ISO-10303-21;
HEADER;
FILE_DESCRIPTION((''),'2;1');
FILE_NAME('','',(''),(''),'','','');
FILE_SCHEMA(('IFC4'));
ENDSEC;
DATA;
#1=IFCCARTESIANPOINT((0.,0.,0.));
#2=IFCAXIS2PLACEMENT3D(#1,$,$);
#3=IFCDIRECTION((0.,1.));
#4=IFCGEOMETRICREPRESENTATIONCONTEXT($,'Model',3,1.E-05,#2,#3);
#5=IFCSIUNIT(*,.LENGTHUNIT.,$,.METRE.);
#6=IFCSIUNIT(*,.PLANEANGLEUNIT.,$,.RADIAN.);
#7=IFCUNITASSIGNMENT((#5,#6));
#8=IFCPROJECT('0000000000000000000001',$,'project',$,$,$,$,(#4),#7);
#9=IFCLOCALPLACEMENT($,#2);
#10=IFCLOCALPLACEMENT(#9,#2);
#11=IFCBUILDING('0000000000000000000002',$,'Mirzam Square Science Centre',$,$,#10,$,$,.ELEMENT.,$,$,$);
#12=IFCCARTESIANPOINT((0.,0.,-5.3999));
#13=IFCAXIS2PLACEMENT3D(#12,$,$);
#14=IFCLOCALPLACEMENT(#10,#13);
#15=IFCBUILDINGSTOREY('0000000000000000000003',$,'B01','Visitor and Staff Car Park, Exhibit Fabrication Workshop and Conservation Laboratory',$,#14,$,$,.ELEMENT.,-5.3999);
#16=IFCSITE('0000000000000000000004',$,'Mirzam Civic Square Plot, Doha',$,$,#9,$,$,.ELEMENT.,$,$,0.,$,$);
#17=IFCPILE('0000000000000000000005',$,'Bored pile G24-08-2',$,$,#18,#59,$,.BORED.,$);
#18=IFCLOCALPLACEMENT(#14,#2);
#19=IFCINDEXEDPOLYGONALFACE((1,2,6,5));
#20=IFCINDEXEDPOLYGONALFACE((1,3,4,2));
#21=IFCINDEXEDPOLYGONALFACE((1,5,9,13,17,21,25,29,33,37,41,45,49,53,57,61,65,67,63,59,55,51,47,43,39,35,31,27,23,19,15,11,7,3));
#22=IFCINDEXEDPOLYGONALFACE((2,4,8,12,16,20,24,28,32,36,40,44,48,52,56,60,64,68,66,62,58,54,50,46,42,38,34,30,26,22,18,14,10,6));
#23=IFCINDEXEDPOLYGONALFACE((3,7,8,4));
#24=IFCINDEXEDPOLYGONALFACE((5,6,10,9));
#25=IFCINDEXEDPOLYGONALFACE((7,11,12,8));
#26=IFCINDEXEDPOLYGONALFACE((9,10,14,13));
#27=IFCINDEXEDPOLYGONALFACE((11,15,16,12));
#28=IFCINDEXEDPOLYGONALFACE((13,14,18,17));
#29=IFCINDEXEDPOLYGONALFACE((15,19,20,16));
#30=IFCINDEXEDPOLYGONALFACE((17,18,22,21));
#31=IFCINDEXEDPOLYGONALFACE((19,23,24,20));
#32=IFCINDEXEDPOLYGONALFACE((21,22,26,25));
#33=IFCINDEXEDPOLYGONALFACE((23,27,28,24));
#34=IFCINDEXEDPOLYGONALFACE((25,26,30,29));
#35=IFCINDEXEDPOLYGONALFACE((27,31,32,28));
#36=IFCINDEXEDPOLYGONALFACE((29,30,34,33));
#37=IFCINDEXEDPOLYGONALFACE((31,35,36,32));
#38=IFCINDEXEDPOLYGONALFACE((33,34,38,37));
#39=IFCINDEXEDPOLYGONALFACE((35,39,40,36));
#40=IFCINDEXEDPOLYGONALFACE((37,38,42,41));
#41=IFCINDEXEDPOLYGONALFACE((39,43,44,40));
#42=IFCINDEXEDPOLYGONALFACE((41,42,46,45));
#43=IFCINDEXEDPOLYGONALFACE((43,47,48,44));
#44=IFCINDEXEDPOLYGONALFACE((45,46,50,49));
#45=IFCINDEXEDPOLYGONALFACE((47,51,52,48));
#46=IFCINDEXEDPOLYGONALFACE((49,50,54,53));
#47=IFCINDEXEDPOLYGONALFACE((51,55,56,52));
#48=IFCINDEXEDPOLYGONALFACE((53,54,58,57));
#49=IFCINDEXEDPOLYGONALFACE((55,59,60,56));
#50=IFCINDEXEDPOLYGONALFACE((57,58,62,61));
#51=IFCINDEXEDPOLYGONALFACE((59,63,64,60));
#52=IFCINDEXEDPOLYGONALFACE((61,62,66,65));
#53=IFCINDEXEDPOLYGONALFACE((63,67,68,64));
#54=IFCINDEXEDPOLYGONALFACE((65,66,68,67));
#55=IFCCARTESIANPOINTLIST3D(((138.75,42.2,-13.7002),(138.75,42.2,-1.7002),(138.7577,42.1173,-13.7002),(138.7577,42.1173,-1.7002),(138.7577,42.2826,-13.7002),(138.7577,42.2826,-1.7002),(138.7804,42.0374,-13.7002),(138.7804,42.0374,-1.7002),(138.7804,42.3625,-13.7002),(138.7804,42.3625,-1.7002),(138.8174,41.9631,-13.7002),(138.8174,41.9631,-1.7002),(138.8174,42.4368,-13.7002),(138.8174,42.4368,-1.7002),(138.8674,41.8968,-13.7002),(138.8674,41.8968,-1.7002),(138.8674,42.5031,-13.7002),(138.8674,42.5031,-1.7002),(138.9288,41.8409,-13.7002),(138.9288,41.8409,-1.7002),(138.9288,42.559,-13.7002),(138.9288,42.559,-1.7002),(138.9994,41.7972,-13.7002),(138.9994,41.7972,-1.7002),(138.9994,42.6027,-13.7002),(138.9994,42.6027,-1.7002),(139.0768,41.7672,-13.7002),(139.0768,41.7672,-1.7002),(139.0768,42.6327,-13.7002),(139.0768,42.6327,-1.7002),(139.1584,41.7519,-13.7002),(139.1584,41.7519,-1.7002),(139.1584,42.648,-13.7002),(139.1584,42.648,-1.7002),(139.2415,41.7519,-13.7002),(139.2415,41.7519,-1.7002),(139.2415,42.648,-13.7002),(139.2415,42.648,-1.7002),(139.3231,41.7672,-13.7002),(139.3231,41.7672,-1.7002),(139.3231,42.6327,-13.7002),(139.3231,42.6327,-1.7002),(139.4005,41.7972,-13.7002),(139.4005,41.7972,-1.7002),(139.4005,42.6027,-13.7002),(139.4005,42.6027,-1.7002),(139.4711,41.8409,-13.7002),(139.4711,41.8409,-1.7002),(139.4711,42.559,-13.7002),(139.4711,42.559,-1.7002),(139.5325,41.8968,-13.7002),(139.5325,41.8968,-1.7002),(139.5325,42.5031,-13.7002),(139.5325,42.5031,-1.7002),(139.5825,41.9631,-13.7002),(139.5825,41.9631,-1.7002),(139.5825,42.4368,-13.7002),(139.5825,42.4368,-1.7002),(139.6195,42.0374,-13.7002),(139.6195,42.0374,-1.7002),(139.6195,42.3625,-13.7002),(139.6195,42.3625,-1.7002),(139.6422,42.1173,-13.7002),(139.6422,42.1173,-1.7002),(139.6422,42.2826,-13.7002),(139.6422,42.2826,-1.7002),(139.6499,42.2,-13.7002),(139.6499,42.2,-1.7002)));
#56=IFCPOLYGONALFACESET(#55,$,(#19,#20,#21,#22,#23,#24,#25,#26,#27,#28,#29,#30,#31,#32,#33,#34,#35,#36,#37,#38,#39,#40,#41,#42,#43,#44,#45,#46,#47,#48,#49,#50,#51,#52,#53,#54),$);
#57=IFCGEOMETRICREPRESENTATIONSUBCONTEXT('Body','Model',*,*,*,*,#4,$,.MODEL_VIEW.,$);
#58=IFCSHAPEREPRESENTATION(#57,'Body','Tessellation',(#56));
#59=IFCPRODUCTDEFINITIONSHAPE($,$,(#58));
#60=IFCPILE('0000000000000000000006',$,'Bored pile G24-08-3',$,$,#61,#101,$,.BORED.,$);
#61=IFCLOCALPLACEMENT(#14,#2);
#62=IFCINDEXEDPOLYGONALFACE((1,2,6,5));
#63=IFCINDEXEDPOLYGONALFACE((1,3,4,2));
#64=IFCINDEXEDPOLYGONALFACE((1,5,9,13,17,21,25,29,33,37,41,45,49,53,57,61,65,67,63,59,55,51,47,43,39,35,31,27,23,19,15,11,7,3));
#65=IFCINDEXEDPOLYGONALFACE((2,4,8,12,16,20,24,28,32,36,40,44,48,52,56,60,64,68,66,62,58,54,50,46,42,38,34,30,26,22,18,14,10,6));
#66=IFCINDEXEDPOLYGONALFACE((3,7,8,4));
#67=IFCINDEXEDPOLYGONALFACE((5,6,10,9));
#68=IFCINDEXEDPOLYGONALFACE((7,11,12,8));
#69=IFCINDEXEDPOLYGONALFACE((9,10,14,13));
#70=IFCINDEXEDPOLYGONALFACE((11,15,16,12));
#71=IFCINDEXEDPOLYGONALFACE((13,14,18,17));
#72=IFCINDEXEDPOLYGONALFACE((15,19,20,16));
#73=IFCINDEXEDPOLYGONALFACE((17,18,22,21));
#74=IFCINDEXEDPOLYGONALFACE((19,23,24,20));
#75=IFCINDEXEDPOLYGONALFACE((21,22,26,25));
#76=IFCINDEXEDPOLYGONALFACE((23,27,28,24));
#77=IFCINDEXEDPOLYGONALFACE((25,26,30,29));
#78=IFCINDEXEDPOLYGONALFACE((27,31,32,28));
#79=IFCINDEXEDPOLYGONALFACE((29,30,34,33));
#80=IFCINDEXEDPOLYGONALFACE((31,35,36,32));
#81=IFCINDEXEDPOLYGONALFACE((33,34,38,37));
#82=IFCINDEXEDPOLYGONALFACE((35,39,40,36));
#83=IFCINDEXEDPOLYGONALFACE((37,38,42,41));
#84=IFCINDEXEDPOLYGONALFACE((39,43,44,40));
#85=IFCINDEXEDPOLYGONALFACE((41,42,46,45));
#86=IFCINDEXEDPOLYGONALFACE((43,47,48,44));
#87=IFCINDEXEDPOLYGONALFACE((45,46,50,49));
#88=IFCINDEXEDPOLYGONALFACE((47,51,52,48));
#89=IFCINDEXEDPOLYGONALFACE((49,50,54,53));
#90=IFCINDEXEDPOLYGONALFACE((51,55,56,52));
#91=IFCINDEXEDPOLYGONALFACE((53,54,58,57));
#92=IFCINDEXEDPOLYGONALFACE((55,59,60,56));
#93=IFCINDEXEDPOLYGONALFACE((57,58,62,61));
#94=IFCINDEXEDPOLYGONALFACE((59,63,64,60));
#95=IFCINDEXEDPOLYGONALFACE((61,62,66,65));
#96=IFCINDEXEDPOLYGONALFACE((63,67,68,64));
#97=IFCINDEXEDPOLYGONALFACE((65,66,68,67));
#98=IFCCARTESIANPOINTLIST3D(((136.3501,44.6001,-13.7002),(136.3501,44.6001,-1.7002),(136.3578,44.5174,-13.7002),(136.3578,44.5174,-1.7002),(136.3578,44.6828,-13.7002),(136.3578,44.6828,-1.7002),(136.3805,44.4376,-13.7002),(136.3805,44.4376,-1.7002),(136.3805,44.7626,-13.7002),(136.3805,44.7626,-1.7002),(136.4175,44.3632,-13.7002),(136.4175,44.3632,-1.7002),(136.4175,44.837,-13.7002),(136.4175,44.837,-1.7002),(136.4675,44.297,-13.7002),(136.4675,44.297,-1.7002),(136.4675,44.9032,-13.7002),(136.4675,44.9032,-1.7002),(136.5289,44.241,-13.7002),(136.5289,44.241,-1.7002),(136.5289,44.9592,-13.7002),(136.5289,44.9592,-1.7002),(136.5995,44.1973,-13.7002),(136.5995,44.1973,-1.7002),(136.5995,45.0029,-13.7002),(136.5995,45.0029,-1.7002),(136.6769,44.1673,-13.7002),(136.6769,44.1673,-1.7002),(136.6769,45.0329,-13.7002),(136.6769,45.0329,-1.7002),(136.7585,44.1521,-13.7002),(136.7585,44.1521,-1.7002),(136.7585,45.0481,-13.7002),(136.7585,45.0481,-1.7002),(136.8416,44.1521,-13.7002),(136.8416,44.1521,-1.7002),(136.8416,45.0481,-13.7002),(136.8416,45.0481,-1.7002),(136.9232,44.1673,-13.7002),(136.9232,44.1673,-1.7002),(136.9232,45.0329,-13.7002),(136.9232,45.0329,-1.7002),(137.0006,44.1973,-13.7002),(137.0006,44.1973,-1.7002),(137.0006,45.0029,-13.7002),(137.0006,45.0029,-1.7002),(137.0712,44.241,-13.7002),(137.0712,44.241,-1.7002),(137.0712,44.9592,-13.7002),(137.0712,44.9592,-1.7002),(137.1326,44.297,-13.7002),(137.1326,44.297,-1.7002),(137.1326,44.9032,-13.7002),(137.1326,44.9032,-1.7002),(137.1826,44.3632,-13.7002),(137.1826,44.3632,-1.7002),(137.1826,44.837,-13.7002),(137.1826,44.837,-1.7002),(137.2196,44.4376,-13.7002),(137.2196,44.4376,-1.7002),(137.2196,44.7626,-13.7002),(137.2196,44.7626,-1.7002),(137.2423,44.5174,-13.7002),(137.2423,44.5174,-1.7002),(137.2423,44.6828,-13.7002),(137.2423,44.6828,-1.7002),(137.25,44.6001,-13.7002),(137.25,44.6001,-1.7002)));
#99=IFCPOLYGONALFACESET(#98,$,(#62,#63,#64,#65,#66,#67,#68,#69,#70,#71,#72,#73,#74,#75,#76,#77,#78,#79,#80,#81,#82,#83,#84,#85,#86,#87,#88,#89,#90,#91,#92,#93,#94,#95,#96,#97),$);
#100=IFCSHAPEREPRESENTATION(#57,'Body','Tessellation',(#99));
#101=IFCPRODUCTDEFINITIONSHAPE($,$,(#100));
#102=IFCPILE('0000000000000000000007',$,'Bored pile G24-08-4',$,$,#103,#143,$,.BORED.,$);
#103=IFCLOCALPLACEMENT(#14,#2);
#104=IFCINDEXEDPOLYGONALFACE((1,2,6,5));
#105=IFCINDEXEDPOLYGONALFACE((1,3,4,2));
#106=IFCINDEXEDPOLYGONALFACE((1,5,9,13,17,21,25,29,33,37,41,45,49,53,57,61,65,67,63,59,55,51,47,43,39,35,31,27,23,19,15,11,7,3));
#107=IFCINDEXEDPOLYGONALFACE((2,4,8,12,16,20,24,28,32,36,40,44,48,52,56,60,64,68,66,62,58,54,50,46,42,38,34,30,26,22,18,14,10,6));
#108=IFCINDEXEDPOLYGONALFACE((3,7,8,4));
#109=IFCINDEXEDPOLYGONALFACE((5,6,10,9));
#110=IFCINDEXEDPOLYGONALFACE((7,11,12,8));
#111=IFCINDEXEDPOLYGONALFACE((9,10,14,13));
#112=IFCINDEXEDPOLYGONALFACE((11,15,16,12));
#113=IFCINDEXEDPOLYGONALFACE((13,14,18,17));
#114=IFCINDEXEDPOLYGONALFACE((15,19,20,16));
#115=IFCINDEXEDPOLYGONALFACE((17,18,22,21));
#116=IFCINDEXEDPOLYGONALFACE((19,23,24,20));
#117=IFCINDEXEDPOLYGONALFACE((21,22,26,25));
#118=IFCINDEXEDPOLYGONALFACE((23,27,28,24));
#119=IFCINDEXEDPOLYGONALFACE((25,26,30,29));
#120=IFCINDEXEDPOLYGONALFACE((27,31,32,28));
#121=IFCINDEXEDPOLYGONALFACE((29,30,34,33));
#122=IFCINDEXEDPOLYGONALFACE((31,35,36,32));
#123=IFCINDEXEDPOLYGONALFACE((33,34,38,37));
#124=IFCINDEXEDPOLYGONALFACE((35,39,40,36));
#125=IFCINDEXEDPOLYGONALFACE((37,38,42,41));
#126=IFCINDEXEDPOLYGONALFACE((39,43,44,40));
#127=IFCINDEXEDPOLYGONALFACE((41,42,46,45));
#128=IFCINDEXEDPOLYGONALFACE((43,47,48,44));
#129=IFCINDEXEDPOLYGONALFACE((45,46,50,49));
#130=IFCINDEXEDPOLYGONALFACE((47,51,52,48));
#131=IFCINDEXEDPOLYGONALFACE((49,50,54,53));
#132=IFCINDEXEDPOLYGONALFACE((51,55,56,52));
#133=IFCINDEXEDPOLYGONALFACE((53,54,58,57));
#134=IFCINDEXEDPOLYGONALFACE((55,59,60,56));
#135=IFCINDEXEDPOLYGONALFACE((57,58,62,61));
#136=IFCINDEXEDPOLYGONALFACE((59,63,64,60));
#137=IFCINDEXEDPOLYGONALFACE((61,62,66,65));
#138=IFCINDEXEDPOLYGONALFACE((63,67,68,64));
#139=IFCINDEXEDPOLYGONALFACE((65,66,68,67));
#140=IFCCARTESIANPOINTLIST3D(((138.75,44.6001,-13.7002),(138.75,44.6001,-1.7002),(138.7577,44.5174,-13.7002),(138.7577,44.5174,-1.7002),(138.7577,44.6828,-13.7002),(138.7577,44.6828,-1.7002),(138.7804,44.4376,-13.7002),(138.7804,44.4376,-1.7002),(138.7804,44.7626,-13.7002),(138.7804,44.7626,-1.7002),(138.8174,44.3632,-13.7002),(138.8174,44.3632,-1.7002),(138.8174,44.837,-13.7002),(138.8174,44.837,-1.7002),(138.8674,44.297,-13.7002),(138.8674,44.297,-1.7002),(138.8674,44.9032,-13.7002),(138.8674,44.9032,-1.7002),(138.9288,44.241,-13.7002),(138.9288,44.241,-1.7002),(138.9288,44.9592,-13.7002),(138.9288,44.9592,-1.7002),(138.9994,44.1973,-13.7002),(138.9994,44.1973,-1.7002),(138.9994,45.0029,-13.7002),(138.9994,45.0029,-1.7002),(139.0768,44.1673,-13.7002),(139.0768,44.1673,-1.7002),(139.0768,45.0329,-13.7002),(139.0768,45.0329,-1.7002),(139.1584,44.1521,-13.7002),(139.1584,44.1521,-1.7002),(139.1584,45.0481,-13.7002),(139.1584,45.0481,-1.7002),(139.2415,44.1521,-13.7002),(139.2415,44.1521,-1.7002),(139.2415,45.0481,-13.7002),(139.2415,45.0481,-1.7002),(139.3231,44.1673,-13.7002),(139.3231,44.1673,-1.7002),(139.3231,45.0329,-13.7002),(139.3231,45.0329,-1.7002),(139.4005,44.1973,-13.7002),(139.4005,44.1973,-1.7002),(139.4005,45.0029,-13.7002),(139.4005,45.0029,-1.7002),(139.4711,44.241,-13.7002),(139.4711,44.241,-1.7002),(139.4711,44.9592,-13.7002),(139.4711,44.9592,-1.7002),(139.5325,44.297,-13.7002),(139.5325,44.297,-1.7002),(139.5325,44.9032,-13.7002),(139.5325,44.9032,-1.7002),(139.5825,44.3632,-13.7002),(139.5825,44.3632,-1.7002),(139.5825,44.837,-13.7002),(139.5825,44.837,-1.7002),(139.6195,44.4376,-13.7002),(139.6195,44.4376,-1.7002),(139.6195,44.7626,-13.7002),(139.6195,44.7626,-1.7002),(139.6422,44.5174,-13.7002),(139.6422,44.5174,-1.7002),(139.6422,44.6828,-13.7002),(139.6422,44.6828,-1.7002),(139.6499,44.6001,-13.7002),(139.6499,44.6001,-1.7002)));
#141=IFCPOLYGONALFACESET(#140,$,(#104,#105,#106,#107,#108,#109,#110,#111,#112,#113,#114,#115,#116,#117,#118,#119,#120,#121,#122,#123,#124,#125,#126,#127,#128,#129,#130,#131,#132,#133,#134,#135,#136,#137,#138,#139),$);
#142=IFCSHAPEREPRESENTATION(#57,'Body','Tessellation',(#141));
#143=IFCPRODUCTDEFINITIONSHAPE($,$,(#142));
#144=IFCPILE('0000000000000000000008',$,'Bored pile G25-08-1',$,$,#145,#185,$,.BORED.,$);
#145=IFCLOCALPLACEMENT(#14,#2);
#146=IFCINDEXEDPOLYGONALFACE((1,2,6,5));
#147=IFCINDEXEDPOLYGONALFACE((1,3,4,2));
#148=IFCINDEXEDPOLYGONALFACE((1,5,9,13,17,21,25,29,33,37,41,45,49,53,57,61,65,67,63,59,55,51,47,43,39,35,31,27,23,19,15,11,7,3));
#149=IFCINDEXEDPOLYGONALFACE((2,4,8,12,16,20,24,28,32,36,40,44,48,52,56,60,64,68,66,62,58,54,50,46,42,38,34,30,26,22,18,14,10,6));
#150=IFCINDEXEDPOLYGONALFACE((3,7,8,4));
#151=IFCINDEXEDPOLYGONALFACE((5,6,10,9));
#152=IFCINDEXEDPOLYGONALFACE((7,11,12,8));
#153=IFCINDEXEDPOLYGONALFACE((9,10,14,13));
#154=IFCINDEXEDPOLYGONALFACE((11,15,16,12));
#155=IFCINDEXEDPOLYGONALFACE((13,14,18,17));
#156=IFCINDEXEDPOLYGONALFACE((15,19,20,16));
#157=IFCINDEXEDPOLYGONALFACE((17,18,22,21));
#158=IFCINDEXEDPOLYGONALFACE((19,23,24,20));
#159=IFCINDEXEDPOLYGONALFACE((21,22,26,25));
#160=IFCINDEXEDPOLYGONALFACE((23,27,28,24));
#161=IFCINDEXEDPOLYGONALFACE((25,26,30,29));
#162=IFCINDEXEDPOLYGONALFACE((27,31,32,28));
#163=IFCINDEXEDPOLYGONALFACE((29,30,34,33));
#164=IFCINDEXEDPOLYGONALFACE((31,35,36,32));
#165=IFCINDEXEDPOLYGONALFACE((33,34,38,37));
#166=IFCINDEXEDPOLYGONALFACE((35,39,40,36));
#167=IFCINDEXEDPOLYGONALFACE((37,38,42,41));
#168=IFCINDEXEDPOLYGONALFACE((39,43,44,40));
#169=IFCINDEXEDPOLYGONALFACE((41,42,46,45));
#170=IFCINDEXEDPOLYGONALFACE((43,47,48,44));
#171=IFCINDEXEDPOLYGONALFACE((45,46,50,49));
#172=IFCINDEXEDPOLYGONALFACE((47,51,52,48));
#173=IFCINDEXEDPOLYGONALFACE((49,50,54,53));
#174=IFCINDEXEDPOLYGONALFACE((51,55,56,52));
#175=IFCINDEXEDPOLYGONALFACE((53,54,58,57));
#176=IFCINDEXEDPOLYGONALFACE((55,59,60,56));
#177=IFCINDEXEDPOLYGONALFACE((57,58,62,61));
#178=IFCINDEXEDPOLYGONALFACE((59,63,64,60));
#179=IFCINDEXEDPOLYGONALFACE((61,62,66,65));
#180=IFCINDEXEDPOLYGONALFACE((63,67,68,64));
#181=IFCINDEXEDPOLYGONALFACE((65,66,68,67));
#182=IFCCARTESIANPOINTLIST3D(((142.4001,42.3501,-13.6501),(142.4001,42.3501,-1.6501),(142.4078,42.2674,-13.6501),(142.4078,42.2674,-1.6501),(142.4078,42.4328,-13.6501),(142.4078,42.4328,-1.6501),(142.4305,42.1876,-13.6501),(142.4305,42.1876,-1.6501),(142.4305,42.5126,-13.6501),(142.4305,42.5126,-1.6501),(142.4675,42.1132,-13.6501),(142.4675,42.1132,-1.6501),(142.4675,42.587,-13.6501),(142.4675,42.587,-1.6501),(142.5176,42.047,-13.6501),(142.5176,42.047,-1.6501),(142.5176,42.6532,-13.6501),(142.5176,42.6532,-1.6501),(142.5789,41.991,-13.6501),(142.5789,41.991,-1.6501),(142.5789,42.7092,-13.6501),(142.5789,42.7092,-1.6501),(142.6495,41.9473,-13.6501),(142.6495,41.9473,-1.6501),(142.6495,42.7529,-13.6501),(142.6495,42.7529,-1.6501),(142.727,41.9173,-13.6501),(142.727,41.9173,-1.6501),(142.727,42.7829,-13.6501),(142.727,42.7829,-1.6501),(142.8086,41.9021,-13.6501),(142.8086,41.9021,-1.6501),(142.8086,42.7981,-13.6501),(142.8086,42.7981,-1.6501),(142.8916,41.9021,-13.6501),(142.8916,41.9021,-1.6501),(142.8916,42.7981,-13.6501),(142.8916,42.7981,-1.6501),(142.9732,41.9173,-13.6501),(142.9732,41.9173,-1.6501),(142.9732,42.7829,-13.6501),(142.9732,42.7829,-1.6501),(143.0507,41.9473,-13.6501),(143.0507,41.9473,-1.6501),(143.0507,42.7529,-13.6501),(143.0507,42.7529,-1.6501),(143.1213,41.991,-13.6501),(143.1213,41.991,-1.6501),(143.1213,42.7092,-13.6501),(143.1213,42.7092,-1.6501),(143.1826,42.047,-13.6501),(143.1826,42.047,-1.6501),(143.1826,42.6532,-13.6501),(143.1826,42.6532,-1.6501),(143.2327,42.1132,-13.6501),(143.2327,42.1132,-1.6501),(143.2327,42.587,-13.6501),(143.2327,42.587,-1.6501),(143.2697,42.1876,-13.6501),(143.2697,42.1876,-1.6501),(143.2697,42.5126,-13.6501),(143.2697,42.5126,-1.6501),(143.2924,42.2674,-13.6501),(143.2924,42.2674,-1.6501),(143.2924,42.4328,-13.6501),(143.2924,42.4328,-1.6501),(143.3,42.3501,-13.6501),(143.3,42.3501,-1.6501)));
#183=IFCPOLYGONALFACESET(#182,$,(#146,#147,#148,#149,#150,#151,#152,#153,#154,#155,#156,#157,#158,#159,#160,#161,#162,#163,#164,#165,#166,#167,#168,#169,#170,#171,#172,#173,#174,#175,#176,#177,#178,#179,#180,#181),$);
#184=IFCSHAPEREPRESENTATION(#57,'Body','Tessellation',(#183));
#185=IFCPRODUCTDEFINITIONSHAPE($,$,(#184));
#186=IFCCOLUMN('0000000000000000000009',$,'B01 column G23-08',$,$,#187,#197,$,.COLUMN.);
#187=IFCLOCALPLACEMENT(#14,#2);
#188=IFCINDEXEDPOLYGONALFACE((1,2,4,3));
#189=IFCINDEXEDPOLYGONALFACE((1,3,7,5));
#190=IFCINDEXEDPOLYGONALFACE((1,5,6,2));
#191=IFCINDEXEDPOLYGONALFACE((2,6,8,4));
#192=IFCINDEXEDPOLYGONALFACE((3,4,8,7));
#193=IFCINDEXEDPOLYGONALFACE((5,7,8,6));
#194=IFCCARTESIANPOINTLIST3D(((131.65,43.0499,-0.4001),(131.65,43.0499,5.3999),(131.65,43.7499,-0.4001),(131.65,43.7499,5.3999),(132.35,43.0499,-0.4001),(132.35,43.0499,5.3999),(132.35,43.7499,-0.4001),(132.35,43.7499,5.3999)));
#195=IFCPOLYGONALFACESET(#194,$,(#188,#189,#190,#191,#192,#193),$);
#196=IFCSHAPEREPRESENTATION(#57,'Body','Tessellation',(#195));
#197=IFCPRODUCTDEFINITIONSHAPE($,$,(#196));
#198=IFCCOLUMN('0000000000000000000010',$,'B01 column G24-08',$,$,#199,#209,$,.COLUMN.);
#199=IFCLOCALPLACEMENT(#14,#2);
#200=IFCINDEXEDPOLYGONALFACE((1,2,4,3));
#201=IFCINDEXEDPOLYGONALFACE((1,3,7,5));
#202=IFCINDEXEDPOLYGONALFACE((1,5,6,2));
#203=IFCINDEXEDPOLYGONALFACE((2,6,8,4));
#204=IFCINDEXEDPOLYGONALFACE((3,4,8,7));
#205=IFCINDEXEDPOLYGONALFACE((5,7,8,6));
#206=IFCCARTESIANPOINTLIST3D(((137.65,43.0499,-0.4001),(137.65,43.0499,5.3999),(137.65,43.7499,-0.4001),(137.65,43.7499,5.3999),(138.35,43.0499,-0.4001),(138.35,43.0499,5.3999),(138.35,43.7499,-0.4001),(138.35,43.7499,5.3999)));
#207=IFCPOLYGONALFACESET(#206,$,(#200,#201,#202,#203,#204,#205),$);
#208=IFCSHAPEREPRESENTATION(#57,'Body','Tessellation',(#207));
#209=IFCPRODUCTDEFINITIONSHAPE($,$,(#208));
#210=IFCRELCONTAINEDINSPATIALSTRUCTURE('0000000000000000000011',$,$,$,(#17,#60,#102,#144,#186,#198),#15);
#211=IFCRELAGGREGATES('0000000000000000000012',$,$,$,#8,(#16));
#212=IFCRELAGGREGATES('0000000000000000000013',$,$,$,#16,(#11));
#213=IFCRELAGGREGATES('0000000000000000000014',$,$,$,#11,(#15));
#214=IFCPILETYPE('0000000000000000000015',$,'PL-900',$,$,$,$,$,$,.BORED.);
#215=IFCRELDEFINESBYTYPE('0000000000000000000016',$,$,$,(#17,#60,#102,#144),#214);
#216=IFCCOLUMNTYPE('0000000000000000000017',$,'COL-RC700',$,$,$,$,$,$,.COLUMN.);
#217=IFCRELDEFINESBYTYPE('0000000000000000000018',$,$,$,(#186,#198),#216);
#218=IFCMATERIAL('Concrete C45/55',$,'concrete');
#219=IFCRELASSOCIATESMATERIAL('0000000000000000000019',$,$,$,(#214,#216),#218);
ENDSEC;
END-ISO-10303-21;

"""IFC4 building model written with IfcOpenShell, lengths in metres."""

from ifc_helpers import new_model, si_unit, direction, frame, origin, origin_2d, place, context, subcontext, project, spatial, rectangle, circle, extrude, material, material_profile, profile_set, type_object, element, save


model = new_model("IFC4")

# Units and contexts
model_context = context("Model", 3, precision=1e-05, world=origin(), true_north=direction((0.0, 1.0)))
body_context = subcontext(model_context, "Body", "Model", "MODEL_VIEW")
ifc_project = project(units=[si_unit("LENGTHUNIT", "METRE"), si_unit("PLANEANGLEUNIT", "RADIAN")], contexts=[model_context])

# Site, building, storey
site_placement = place(None, origin())
site = spatial("IfcSite", under=ifc_project, at=site_placement, Name="Mirzam Civic Square Plot, Doha", CompositionType="ELEMENT", RefElevation=0.0)
building_placement = place(site_placement, origin())
building = spatial("IfcBuilding", under=site, at=building_placement, Name="Mirzam Square Science Centre", CompositionType="ELEMENT")
storey_placement = place(building_placement, frame((0.0, 0.0, -5.3999)))
storey = spatial("IfcBuildingStorey", under=building, at=storey_placement, Name="B01", Description="Visitor and Staff Car Park, Exhibit Fabrication Workshop and Conservation Laboratory", CompositionType="ELEMENT", Elevation=-5.3999)

# Shared definitions
ifc_material_1 = material(Name="Concrete C45/55", Category="concrete")

# Piles
ifc_material_profile_1 = material_profile(ifc_material_1, circle(Radius=0.45, at=origin_2d()), Name="PILE-D900")
ifc_profile_set_1 = profile_set([ifc_material_profile_1], Name="Concrete C45/55")
pile_type_1 = type_object("IfcPileType", Name="PL-900", PredefinedType="BORED", material=ifc_profile_set_1)
for number, where, z_axis, x_axis, name in (
    (1, (139.2, 42.2, -1.7002), (0.0, 0.0, -1.0), (1.0, 0.0, 0.0), "Bored pile G24-08-2"),
    (2, (136.8, 44.6001, -1.7002), (0.0, 0.0, -1.0), (1.0, 0.0, 0.0), "Bored pile G24-08-3"),
    (3, (139.2, 44.6001, -1.7002), (0.0, 0.0, -1.0), (1.0, 0.0, 0.0), "Bored pile G24-08-4"),
    (4, (142.8501, 42.3501, -1.6501), (0.0, 0.0, -1.0), (1.0, 0.0, 0.0), "Bored pile G25-08-1"),
):
    element("IfcPile", number, at=place(storey_placement, frame(where, z_axis=z_axis, x_axis=x_axis)), inside=storey, type_object=pile_type_1, Name=name, PredefinedType="BORED", context=body_context, shape_type="SweptSolid", body=[
        extrude(circle(Radius=0.45, at=origin_2d()), origin(), (0.0, 0.0, 1.0), 12.0),
    ])

# Columns
ifc_material_profile_2 = material_profile(ifc_material_1, rectangle(XDim=0.7, YDim=0.7, at=origin_2d()), Name="RC700x700")
ifc_profile_set_2 = profile_set([ifc_material_profile_2], Name="Concrete C45/55")
column_type_1 = type_object("IfcColumnType", Name="COL-RC700", PredefinedType="COLUMN", material=ifc_profile_set_2)
for number, where, z_axis, x_axis, name in (
    (5, (132.0, 43.3999, -0.4001), (0.0, 0.0, 1.0), (1.0, 0.0, 0.0), "B01 column G23-08"),
    (6, (138.0, 43.3999, -0.4001), (0.0, 0.0, 1.0), (1.0, 0.0, 0.0), "B01 column G24-08"),
):
    element("IfcColumn", number, at=place(storey_placement, frame(where, z_axis=z_axis, x_axis=x_axis)), inside=storey, type_object=column_type_1, Name=name, PredefinedType="COLUMN", context=body_context, shape_type="SweptSolid", body=[
        extrude(rectangle(XDim=0.7, YDim=0.7, at=origin_2d()), origin(), (0.0, 0.0, 1.0), 5.8),
    ])

save(model, "model.ifc")
